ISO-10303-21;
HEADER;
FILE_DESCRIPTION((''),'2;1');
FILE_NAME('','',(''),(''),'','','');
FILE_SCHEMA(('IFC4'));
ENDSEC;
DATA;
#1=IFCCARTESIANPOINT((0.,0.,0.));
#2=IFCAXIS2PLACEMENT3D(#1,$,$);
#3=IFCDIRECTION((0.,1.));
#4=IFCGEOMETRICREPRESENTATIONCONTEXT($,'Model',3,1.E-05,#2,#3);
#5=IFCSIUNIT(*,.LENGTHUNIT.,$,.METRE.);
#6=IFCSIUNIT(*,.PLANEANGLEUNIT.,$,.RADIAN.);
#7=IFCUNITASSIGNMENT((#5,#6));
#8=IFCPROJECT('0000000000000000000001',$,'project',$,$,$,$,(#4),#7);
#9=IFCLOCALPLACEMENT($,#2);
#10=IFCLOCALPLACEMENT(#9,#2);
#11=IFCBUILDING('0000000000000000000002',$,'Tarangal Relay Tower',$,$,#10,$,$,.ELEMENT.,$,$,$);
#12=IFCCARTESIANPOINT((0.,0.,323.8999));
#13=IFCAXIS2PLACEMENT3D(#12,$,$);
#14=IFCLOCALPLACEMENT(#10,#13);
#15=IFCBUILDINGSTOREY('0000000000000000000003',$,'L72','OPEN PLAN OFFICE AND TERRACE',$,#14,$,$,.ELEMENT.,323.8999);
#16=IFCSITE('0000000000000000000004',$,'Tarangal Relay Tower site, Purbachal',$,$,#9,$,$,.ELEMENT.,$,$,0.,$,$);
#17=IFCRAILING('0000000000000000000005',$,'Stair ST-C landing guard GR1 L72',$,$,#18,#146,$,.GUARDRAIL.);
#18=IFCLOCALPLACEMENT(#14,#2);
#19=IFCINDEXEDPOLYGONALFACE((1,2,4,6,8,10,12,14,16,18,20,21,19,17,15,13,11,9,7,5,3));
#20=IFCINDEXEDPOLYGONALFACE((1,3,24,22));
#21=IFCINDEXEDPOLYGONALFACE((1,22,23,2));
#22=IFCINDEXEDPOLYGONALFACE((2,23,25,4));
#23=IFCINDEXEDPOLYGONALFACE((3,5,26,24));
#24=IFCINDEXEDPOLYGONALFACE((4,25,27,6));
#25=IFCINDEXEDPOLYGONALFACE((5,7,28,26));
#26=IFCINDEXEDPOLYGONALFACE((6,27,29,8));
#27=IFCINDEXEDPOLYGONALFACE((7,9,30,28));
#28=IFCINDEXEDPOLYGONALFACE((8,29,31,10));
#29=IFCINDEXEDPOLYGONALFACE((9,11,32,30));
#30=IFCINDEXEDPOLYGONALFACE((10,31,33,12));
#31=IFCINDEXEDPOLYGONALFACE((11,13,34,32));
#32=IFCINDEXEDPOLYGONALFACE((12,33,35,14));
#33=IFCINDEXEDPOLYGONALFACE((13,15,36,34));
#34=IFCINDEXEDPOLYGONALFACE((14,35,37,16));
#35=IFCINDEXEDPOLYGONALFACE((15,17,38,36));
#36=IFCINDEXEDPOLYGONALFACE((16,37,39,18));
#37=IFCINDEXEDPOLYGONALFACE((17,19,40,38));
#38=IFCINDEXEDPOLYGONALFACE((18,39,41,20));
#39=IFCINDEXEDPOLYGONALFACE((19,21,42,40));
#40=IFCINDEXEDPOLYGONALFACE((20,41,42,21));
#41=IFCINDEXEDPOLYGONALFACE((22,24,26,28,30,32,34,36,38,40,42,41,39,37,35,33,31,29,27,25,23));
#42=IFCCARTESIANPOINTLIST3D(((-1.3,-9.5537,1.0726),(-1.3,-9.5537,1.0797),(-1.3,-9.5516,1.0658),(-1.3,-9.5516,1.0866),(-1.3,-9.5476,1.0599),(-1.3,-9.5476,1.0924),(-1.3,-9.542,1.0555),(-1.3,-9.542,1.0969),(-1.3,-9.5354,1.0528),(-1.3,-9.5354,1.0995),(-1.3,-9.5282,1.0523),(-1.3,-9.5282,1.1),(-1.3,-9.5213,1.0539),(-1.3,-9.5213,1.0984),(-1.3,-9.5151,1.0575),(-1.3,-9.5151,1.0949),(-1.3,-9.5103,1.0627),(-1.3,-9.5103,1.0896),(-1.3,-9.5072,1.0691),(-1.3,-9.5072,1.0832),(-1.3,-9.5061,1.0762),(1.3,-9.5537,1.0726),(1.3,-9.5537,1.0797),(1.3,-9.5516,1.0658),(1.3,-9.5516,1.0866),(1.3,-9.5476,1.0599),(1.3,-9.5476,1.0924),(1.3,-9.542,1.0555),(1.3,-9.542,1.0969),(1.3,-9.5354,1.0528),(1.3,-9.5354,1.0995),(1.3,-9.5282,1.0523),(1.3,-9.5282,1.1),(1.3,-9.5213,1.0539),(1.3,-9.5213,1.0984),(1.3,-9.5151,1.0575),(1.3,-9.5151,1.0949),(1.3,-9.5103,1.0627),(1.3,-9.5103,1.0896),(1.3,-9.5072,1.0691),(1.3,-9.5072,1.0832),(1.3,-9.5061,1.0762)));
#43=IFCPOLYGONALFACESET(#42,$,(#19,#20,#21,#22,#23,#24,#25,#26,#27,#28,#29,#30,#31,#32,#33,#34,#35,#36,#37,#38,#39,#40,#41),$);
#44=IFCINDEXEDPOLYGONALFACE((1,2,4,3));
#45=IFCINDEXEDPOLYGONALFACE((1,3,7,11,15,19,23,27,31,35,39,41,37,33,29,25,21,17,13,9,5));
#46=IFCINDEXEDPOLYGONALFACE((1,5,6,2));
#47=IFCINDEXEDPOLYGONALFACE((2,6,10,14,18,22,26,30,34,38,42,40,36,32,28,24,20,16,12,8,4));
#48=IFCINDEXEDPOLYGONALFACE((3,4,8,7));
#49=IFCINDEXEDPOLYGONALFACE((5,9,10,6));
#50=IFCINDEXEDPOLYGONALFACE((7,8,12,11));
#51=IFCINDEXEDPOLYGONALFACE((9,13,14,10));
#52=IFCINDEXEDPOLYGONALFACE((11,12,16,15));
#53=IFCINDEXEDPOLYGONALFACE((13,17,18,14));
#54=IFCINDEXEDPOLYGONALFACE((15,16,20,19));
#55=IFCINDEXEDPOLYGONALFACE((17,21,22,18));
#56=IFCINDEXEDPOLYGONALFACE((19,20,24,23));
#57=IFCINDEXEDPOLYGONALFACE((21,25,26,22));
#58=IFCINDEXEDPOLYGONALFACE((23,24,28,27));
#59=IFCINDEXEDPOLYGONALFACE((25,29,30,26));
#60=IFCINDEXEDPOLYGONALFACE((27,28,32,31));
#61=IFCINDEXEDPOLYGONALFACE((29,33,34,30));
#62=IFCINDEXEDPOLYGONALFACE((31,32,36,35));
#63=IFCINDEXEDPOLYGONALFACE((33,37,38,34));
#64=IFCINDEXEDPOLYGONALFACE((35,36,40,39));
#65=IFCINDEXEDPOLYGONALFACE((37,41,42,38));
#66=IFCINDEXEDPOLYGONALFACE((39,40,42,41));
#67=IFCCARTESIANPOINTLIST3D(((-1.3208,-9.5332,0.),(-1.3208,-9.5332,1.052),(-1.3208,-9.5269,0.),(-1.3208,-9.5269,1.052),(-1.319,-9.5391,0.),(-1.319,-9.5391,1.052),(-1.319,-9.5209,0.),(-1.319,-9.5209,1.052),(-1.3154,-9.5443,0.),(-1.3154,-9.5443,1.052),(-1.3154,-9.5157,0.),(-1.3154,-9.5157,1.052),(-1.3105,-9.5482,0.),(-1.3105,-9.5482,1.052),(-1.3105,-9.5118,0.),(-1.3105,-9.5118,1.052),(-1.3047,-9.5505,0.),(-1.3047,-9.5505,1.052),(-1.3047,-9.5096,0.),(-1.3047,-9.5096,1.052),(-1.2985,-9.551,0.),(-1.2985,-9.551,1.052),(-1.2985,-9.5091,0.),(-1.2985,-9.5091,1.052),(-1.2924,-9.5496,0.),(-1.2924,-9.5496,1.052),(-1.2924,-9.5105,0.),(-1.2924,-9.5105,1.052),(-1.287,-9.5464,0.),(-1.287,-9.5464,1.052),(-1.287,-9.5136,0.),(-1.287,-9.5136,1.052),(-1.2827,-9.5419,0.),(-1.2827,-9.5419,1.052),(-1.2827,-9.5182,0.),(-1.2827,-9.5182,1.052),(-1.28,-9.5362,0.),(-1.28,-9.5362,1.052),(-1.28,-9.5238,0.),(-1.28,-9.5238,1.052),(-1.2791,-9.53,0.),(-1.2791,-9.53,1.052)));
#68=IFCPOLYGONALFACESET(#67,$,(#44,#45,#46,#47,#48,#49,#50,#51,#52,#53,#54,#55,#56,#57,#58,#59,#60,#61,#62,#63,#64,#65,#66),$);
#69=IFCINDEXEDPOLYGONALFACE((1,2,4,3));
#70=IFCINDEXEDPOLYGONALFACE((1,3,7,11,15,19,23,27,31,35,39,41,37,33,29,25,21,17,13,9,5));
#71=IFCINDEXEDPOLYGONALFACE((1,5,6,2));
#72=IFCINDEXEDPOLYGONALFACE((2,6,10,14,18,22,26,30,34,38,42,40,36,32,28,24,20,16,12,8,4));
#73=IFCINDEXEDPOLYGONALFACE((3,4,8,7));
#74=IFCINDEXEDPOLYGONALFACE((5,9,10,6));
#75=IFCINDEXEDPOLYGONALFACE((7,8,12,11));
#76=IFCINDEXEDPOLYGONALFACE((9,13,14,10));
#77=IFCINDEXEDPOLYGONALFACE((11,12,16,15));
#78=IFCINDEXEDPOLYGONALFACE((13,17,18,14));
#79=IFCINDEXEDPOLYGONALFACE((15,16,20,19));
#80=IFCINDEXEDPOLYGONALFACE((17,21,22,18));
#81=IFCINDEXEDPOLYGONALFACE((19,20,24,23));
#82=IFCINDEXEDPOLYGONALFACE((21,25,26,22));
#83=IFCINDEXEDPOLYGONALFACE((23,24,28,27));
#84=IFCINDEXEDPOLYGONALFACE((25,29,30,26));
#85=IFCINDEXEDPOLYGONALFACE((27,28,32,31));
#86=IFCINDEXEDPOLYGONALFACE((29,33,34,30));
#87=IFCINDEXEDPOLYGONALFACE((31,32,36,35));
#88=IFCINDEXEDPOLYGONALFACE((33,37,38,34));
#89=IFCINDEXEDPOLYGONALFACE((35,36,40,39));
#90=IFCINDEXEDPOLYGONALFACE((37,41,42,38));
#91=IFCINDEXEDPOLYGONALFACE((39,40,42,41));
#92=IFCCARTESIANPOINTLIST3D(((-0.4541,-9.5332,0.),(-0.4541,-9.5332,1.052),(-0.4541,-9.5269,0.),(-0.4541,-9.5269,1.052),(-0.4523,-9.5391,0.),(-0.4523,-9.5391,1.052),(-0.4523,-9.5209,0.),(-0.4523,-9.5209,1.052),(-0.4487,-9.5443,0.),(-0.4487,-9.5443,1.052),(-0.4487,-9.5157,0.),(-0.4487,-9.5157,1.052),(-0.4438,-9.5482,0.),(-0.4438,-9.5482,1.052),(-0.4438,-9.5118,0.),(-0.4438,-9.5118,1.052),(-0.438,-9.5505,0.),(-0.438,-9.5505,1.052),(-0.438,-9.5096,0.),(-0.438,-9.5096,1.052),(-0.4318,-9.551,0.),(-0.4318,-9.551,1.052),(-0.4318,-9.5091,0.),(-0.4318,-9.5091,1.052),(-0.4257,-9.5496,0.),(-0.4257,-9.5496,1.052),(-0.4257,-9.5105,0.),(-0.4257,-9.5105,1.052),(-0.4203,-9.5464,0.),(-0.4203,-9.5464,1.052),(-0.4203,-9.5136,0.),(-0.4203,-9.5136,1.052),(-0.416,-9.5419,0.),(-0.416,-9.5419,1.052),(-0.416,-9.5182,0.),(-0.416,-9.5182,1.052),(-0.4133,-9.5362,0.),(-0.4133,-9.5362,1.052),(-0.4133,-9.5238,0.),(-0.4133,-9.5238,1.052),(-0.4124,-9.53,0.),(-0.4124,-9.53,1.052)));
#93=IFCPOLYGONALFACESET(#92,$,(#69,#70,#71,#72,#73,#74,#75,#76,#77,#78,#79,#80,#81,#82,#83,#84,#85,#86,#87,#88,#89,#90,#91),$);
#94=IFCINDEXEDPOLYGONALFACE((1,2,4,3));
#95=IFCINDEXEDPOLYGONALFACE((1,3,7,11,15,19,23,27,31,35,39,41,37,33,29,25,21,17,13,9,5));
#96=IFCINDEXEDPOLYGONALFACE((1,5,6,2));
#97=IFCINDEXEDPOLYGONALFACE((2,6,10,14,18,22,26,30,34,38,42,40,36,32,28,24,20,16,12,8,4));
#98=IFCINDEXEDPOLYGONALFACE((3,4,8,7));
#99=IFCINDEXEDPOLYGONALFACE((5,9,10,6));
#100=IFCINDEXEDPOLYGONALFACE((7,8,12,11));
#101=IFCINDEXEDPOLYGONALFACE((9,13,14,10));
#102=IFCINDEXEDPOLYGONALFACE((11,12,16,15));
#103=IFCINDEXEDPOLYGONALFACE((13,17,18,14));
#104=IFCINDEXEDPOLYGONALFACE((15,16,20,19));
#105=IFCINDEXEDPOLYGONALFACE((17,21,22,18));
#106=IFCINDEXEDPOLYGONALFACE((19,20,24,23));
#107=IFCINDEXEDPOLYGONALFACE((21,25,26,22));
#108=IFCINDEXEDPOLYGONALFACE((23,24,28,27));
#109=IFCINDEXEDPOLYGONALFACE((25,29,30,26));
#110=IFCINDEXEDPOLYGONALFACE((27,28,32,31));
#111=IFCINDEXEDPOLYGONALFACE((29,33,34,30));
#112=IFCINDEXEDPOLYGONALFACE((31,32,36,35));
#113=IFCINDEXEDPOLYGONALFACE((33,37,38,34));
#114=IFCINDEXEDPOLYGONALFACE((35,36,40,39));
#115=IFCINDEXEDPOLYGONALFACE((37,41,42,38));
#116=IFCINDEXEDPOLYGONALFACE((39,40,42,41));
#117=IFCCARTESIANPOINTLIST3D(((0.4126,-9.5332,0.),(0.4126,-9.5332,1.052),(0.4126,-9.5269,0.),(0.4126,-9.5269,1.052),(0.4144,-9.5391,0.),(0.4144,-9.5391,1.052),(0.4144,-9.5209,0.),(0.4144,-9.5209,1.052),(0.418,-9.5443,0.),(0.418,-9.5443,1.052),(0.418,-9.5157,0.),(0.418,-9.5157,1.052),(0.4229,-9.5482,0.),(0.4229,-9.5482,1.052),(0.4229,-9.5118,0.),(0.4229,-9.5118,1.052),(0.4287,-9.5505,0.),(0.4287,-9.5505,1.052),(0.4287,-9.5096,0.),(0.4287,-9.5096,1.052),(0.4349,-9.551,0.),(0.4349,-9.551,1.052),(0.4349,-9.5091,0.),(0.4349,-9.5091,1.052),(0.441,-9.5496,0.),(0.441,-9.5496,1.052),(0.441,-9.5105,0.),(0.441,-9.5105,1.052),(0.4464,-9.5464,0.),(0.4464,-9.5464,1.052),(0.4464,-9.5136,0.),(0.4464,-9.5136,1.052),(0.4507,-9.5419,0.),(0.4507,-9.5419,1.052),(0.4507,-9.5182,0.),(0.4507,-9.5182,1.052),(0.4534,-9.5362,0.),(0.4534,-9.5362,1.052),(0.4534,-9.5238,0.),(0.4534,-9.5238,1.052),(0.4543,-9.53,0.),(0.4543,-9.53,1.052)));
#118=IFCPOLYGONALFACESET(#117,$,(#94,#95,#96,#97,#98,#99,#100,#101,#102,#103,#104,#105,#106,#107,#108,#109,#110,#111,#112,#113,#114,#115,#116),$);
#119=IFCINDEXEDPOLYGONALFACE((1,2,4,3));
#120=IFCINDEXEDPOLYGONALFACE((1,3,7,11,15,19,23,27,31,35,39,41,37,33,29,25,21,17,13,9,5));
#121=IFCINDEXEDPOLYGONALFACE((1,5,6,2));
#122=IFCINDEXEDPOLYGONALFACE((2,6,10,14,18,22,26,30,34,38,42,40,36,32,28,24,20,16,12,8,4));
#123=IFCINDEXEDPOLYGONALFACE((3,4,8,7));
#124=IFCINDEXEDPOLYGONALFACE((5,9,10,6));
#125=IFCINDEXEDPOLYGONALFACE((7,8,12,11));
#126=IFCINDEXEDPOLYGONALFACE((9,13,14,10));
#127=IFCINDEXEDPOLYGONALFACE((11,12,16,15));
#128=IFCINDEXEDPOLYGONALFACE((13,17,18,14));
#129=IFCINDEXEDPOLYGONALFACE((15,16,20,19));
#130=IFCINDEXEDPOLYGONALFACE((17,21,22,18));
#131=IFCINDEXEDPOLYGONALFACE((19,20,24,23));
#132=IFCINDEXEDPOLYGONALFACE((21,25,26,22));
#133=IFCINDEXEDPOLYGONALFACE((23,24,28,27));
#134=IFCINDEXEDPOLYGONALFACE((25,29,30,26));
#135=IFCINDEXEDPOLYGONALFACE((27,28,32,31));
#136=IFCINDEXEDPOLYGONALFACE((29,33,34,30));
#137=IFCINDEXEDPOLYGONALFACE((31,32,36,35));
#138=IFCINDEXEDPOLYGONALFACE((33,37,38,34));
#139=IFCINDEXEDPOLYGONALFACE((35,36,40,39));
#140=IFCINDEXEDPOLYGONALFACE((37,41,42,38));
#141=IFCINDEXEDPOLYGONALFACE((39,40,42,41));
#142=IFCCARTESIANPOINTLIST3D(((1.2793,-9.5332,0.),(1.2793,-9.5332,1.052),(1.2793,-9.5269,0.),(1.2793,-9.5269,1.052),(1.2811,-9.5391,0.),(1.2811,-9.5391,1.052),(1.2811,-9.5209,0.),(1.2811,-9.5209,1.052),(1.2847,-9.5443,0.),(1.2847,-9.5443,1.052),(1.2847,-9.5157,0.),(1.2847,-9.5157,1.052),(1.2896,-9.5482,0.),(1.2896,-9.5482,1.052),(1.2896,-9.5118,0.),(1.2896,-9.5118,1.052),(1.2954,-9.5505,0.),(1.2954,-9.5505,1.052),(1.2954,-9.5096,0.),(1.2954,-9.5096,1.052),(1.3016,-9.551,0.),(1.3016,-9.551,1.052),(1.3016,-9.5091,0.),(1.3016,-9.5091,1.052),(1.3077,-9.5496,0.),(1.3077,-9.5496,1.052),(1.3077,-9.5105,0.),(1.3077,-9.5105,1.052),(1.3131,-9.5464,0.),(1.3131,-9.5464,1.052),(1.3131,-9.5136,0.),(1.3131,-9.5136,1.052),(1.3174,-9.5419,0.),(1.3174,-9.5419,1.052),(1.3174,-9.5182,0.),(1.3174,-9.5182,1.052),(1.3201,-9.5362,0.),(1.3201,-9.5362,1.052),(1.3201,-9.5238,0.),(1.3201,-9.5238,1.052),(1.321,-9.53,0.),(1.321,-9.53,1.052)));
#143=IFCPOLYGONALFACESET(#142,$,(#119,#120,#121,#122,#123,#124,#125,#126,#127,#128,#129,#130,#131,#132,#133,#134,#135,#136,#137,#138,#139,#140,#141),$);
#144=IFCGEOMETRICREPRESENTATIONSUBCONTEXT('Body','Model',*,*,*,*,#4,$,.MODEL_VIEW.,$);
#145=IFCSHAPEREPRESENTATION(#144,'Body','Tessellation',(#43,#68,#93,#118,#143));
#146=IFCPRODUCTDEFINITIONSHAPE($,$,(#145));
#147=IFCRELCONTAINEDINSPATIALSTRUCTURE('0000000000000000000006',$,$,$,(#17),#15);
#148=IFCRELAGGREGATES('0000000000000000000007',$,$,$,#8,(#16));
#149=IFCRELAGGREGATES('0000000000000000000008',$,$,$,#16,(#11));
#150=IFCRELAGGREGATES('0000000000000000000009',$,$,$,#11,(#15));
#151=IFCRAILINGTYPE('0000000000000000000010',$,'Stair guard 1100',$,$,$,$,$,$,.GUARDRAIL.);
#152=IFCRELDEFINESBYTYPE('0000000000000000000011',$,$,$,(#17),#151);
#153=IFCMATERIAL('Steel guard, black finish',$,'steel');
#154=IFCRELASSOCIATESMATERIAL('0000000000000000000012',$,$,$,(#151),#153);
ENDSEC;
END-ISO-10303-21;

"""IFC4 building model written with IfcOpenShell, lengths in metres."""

from ifc_helpers import new_model, si_unit, direction, frame, origin, origin_2d, place, context, subcontext, project, spatial, circle, extrude, material, type_object, element, save


model = new_model("IFC4")

# Units and contexts
model_context = context("Model", 3, precision=1e-05, world=origin(), true_north=direction((0.0, 1.0)))
body_context = subcontext(model_context, "Body", "Model", "MODEL_VIEW")
ifc_project = project(units=[si_unit("LENGTHUNIT", "METRE"), si_unit("PLANEANGLEUNIT", "RADIAN")], contexts=[model_context])

# Site, building, storey
site_placement = place(None, origin())
site = spatial("IfcSite", under=ifc_project, at=site_placement, Name="Tarangal Relay Tower site, Purbachal", CompositionType="ELEMENT", RefElevation=0.0)
building_placement = place(site_placement, origin())
building = spatial("IfcBuilding", under=site, at=building_placement, Name="Tarangal Relay Tower", CompositionType="ELEMENT")
storey_placement = place(building_placement, frame((0.0, 0.0, 323.8999)))
storey = spatial("IfcBuildingStorey", under=building, at=storey_placement, Name="L72", Description="OPEN PLAN OFFICE AND TERRACE", CompositionType="ELEMENT", Elevation=323.8999)

# Railing
ifc_material_1 = material(Name="Steel guard, black finish", Category="steel")
railing_type_1 = type_object("IfcRailingType", Name="Stair guard 1100", PredefinedType="GUARDRAIL", material=ifc_material_1)
for number, where, name in (
    (1, (-1.3, -9.53, 0.0), "Stair ST-C landing guard GR1 L72"),
):
    element("IfcRailing", number, at=place(storey_placement, frame(where)), inside=storey, type_object=railing_type_1, Name=name, PredefinedType="GUARDRAIL", context=body_context, shape_type="SweptSolid", body=[
        extrude(circle(Radius=0.0239, at=origin_2d()), frame((0.0, 0.0, 1.0762), z_axis=(1.0, 0.0, 0.0), x_axis=(0.0, 1.0, 0.0)), (0.0, 0.0, 1.0), 2.6001),
        extrude(circle(Radius=0.021, at=origin_2d()), origin(), (0.0, 0.0, 1.0), 1.052),
        extrude(circle(Radius=0.021, at=origin_2d()), frame((0.8667, 0.0, 0.0)), (0.0, 0.0, 1.0), 1.052),
        extrude(circle(Radius=0.021, at=origin_2d()), frame((1.7334, 0.0, 0.0)), (0.0, 0.0, 1.0), 1.052),
        extrude(circle(Radius=0.021, at=origin_2d()), frame((2.6001, 0.0, 0.0)), (0.0, 0.0, 1.0), 1.052),
    ])

save(model, "model.ifc")
